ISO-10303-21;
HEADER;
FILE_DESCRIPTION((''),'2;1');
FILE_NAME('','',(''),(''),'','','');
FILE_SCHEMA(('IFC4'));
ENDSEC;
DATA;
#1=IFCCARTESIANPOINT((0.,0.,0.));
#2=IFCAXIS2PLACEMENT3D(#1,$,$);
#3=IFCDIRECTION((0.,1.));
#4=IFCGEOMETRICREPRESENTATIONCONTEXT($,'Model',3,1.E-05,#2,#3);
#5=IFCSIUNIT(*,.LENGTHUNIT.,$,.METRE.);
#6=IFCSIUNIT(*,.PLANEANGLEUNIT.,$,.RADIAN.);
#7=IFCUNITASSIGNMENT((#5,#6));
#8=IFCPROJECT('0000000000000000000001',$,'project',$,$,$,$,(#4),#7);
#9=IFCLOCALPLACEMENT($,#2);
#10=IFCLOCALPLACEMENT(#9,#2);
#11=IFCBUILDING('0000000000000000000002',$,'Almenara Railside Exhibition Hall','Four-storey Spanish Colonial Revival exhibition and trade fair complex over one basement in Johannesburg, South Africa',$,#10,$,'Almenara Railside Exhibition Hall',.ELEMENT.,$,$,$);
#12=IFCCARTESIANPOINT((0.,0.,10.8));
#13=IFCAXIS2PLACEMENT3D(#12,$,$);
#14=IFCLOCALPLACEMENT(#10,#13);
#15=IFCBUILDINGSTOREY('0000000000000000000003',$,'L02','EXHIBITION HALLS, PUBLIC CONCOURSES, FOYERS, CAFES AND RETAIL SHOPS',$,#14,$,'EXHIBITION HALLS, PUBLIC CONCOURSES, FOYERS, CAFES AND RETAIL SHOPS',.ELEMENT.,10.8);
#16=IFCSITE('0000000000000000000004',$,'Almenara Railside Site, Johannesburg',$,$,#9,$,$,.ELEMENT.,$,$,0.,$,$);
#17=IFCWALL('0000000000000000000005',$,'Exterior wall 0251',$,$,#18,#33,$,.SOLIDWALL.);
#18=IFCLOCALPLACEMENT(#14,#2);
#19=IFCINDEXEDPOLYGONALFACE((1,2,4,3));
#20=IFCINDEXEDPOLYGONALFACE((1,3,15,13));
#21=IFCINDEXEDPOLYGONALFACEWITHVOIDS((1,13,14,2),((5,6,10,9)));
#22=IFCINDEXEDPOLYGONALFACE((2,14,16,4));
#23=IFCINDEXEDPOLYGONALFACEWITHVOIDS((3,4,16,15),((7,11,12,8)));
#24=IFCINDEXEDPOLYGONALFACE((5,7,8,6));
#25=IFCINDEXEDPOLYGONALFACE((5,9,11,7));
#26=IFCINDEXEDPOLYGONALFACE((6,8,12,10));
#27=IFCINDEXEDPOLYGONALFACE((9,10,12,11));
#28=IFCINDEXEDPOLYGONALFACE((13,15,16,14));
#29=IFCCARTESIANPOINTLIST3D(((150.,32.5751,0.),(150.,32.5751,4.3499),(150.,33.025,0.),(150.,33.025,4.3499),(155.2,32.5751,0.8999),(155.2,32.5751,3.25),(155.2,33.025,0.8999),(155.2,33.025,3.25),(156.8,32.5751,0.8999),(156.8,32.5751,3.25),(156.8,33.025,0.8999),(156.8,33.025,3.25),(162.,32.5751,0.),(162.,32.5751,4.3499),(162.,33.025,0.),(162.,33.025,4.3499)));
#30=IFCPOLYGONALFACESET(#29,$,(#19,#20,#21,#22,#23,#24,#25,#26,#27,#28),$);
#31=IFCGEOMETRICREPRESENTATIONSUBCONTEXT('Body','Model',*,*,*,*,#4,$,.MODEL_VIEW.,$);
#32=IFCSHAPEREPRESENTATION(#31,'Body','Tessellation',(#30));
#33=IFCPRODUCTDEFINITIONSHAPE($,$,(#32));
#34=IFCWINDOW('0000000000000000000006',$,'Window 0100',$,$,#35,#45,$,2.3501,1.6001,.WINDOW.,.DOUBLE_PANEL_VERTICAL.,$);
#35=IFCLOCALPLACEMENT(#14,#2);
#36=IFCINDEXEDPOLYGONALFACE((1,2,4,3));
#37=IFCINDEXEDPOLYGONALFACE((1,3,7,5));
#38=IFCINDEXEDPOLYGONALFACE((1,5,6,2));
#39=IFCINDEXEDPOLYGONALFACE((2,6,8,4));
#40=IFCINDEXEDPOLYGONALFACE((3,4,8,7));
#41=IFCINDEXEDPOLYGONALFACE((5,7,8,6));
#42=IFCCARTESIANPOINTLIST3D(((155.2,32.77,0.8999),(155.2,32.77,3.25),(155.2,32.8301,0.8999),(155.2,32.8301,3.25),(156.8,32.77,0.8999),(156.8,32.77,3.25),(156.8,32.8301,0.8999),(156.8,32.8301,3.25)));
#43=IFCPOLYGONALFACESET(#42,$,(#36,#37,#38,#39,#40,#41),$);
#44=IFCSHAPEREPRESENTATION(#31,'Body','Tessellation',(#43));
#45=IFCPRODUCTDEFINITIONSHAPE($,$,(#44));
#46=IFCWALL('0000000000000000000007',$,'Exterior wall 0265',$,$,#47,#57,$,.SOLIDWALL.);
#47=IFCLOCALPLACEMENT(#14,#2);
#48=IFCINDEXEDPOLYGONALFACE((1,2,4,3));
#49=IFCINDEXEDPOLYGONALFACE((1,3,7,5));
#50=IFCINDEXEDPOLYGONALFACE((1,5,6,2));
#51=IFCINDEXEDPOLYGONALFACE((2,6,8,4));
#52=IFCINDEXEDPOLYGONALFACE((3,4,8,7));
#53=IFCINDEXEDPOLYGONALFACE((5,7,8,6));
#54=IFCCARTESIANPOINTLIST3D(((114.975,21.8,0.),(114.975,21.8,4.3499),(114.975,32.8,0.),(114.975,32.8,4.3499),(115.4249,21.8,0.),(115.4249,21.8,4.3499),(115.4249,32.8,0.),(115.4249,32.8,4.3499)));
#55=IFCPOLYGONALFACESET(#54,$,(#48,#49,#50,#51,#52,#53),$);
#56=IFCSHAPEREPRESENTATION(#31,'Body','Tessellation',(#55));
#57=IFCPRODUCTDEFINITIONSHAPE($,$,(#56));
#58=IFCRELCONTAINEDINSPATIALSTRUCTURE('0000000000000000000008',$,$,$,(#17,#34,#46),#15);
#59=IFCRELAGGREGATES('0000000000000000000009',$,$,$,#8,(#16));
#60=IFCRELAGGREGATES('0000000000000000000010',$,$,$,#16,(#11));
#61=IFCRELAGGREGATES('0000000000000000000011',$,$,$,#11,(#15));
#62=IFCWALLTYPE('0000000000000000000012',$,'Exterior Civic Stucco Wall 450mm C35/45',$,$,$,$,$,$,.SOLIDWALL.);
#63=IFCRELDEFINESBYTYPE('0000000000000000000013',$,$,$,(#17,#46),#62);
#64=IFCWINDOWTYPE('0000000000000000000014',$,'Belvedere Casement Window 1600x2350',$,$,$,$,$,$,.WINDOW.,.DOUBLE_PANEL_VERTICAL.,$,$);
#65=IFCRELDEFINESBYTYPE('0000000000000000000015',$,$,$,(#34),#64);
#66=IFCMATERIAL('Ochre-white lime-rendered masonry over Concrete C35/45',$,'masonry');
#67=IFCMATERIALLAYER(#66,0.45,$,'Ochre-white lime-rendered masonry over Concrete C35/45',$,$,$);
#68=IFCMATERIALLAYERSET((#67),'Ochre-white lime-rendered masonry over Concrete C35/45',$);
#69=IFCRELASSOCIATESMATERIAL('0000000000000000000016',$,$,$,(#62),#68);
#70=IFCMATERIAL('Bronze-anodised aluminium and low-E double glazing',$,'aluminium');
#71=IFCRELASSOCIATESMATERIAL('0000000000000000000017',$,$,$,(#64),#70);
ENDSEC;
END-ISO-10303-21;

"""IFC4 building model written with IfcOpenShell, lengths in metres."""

from ifc_helpers import new_model, si_unit, direction, frame, frame_2d, origin, place, context, subcontext, project, spatial, rectangle, extrude, material, layer, layer_set, type_object, element, fill, save


model = new_model("IFC4")

# Units and contexts
model_context = context("Model", 3, precision=1e-05, world=origin(), true_north=direction((0.0, 1.0)))
body_context = subcontext(model_context, "Body", "Model", "MODEL_VIEW")
ifc_project = project(units=[si_unit("LENGTHUNIT", "METRE"), si_unit("PLANEANGLEUNIT", "RADIAN")], contexts=[model_context])

# Site, building, storey
site_placement = place(None, origin())
site = spatial("IfcSite", under=ifc_project, at=site_placement, Name="Almenara Railside Site, Johannesburg", CompositionType="ELEMENT", RefElevation=0.0)
building_placement = place(site_placement, origin())
building = spatial("IfcBuilding", under=site, at=building_placement, Name="Almenara Railside Exhibition Hall", Description="Four-storey Spanish Colonial Revival exhibition and trade fair complex over one basement in Johannesburg, South Africa", LongName="Almenara Railside Exhibition Hall", CompositionType="ELEMENT")
storey_placement = place(building_placement, frame((0.0, 0.0, 10.8)))
storey = spatial("IfcBuildingStorey", under=building, at=storey_placement, Name="L02", Description="EXHIBITION HALLS, PUBLIC CONCOURSES, FOYERS, CAFES AND RETAIL SHOPS", LongName="EXHIBITION HALLS, PUBLIC CONCOURSES, FOYERS, CAFES AND RETAIL SHOPS", CompositionType="ELEMENT", Elevation=10.8)

# Wall, opening, window
ifc_material_1 = material(Name="Ochre-white lime-rendered masonry over Concrete C35/45", Category="masonry")
ifc_layer_1 = layer(ifc_material_1, 0.45, Name="Ochre-white lime-rendered masonry over Concrete C35/45")
ifc_layer_set_1 = layer_set([ifc_layer_1], Name="Ochre-white lime-rendered masonry over Concrete C35/45")
wall_type_1 = type_object("IfcWallType", Name="Exterior Civic Stucco Wall 450mm C35/45", PredefinedType="SOLIDWALL", material=ifc_layer_set_1)
ifc_material_2 = material(Name="Bronze-anodised aluminium and low-E double glazing", Category="aluminium")
window_type_1 = type_object("IfcWindowType", Name="Belvedere Casement Window 1600x2350", PartitioningType="DOUBLE_PANEL_VERTICAL", PredefinedType="WINDOW", material=ifc_material_2)
wall_1_placement = place(storey_placement, frame((162.0, 32.8, 0.0), z_axis=(0.0, 0.0, 1.0), x_axis=(-1.0, 0.0, 0.0)))
wall_1 = element("IfcWall", 1, at=wall_1_placement, inside=storey, type_object=wall_type_1, Name="Exterior wall 0251", PredefinedType="SOLIDWALL", context=body_context, shape_type="SweptSolid", body=[
    extrude(rectangle(XDim=12.0, YDim=0.45, at=frame_2d((6.0, 0.0))), origin(), (0.0, 0.0, 1.0), 4.3499),
])
opening_1_placement = place(wall_1_placement, frame((5.2, 0.0, 0.8999)))
opening_1 = element("IfcOpeningElement", 2, at=opening_1_placement, cuts=wall_1, PredefinedType="OPENING", context=body_context, shape_type="SweptSolid", body=[
    extrude(rectangle(XDim=1.6001, YDim=2.3501, at=frame_2d((0.8, 1.175))), frame((0.0, 0.2349, 0.0), z_axis=(0.0, -1.0, 0.0), x_axis=(1.0, 0.0, 0.0)), (0.0, 0.0, 1.0), 0.47),
])
window_1_placement = place(opening_1_placement, origin())
window_1 = element("IfcWindow", 3, at=window_1_placement, inside=storey, type_object=window_type_1, Name="Window 0100", OverallHeight=2.3501, OverallWidth=1.6001, PartitioningType="DOUBLE_PANEL_VERTICAL", PredefinedType="WINDOW", context=body_context, shape_type="SweptSolid", body=[
    extrude(rectangle(XDim=1.6001, YDim=2.3501, at=frame_2d((0.8, 1.175))), frame((0.0, 0.03, 0.0), z_axis=(0.0, -1.0, 0.0), x_axis=(1.0, 0.0, 0.0)), (0.0, 0.0, 1.0), 0.0601),
])
fill(opening_1, window_1)

# Wall
wall_2_placement = place(storey_placement, frame((115.2, 32.8, 0.0), z_axis=(0.0, 0.0, 1.0), x_axis=(0.0, -1.0, 0.0)))
element("IfcWall", 4, at=wall_2_placement, inside=storey, type_object=wall_type_1, Name="Exterior wall 0265", PredefinedType="SOLIDWALL", context=body_context, shape_type="SweptSolid", body=[
    extrude(rectangle(XDim=11.0, YDim=0.45, at=frame_2d((5.5, 0.0))), origin(), (0.0, 0.0, 1.0), 4.3499),
])

save(model, "model.ifc")
